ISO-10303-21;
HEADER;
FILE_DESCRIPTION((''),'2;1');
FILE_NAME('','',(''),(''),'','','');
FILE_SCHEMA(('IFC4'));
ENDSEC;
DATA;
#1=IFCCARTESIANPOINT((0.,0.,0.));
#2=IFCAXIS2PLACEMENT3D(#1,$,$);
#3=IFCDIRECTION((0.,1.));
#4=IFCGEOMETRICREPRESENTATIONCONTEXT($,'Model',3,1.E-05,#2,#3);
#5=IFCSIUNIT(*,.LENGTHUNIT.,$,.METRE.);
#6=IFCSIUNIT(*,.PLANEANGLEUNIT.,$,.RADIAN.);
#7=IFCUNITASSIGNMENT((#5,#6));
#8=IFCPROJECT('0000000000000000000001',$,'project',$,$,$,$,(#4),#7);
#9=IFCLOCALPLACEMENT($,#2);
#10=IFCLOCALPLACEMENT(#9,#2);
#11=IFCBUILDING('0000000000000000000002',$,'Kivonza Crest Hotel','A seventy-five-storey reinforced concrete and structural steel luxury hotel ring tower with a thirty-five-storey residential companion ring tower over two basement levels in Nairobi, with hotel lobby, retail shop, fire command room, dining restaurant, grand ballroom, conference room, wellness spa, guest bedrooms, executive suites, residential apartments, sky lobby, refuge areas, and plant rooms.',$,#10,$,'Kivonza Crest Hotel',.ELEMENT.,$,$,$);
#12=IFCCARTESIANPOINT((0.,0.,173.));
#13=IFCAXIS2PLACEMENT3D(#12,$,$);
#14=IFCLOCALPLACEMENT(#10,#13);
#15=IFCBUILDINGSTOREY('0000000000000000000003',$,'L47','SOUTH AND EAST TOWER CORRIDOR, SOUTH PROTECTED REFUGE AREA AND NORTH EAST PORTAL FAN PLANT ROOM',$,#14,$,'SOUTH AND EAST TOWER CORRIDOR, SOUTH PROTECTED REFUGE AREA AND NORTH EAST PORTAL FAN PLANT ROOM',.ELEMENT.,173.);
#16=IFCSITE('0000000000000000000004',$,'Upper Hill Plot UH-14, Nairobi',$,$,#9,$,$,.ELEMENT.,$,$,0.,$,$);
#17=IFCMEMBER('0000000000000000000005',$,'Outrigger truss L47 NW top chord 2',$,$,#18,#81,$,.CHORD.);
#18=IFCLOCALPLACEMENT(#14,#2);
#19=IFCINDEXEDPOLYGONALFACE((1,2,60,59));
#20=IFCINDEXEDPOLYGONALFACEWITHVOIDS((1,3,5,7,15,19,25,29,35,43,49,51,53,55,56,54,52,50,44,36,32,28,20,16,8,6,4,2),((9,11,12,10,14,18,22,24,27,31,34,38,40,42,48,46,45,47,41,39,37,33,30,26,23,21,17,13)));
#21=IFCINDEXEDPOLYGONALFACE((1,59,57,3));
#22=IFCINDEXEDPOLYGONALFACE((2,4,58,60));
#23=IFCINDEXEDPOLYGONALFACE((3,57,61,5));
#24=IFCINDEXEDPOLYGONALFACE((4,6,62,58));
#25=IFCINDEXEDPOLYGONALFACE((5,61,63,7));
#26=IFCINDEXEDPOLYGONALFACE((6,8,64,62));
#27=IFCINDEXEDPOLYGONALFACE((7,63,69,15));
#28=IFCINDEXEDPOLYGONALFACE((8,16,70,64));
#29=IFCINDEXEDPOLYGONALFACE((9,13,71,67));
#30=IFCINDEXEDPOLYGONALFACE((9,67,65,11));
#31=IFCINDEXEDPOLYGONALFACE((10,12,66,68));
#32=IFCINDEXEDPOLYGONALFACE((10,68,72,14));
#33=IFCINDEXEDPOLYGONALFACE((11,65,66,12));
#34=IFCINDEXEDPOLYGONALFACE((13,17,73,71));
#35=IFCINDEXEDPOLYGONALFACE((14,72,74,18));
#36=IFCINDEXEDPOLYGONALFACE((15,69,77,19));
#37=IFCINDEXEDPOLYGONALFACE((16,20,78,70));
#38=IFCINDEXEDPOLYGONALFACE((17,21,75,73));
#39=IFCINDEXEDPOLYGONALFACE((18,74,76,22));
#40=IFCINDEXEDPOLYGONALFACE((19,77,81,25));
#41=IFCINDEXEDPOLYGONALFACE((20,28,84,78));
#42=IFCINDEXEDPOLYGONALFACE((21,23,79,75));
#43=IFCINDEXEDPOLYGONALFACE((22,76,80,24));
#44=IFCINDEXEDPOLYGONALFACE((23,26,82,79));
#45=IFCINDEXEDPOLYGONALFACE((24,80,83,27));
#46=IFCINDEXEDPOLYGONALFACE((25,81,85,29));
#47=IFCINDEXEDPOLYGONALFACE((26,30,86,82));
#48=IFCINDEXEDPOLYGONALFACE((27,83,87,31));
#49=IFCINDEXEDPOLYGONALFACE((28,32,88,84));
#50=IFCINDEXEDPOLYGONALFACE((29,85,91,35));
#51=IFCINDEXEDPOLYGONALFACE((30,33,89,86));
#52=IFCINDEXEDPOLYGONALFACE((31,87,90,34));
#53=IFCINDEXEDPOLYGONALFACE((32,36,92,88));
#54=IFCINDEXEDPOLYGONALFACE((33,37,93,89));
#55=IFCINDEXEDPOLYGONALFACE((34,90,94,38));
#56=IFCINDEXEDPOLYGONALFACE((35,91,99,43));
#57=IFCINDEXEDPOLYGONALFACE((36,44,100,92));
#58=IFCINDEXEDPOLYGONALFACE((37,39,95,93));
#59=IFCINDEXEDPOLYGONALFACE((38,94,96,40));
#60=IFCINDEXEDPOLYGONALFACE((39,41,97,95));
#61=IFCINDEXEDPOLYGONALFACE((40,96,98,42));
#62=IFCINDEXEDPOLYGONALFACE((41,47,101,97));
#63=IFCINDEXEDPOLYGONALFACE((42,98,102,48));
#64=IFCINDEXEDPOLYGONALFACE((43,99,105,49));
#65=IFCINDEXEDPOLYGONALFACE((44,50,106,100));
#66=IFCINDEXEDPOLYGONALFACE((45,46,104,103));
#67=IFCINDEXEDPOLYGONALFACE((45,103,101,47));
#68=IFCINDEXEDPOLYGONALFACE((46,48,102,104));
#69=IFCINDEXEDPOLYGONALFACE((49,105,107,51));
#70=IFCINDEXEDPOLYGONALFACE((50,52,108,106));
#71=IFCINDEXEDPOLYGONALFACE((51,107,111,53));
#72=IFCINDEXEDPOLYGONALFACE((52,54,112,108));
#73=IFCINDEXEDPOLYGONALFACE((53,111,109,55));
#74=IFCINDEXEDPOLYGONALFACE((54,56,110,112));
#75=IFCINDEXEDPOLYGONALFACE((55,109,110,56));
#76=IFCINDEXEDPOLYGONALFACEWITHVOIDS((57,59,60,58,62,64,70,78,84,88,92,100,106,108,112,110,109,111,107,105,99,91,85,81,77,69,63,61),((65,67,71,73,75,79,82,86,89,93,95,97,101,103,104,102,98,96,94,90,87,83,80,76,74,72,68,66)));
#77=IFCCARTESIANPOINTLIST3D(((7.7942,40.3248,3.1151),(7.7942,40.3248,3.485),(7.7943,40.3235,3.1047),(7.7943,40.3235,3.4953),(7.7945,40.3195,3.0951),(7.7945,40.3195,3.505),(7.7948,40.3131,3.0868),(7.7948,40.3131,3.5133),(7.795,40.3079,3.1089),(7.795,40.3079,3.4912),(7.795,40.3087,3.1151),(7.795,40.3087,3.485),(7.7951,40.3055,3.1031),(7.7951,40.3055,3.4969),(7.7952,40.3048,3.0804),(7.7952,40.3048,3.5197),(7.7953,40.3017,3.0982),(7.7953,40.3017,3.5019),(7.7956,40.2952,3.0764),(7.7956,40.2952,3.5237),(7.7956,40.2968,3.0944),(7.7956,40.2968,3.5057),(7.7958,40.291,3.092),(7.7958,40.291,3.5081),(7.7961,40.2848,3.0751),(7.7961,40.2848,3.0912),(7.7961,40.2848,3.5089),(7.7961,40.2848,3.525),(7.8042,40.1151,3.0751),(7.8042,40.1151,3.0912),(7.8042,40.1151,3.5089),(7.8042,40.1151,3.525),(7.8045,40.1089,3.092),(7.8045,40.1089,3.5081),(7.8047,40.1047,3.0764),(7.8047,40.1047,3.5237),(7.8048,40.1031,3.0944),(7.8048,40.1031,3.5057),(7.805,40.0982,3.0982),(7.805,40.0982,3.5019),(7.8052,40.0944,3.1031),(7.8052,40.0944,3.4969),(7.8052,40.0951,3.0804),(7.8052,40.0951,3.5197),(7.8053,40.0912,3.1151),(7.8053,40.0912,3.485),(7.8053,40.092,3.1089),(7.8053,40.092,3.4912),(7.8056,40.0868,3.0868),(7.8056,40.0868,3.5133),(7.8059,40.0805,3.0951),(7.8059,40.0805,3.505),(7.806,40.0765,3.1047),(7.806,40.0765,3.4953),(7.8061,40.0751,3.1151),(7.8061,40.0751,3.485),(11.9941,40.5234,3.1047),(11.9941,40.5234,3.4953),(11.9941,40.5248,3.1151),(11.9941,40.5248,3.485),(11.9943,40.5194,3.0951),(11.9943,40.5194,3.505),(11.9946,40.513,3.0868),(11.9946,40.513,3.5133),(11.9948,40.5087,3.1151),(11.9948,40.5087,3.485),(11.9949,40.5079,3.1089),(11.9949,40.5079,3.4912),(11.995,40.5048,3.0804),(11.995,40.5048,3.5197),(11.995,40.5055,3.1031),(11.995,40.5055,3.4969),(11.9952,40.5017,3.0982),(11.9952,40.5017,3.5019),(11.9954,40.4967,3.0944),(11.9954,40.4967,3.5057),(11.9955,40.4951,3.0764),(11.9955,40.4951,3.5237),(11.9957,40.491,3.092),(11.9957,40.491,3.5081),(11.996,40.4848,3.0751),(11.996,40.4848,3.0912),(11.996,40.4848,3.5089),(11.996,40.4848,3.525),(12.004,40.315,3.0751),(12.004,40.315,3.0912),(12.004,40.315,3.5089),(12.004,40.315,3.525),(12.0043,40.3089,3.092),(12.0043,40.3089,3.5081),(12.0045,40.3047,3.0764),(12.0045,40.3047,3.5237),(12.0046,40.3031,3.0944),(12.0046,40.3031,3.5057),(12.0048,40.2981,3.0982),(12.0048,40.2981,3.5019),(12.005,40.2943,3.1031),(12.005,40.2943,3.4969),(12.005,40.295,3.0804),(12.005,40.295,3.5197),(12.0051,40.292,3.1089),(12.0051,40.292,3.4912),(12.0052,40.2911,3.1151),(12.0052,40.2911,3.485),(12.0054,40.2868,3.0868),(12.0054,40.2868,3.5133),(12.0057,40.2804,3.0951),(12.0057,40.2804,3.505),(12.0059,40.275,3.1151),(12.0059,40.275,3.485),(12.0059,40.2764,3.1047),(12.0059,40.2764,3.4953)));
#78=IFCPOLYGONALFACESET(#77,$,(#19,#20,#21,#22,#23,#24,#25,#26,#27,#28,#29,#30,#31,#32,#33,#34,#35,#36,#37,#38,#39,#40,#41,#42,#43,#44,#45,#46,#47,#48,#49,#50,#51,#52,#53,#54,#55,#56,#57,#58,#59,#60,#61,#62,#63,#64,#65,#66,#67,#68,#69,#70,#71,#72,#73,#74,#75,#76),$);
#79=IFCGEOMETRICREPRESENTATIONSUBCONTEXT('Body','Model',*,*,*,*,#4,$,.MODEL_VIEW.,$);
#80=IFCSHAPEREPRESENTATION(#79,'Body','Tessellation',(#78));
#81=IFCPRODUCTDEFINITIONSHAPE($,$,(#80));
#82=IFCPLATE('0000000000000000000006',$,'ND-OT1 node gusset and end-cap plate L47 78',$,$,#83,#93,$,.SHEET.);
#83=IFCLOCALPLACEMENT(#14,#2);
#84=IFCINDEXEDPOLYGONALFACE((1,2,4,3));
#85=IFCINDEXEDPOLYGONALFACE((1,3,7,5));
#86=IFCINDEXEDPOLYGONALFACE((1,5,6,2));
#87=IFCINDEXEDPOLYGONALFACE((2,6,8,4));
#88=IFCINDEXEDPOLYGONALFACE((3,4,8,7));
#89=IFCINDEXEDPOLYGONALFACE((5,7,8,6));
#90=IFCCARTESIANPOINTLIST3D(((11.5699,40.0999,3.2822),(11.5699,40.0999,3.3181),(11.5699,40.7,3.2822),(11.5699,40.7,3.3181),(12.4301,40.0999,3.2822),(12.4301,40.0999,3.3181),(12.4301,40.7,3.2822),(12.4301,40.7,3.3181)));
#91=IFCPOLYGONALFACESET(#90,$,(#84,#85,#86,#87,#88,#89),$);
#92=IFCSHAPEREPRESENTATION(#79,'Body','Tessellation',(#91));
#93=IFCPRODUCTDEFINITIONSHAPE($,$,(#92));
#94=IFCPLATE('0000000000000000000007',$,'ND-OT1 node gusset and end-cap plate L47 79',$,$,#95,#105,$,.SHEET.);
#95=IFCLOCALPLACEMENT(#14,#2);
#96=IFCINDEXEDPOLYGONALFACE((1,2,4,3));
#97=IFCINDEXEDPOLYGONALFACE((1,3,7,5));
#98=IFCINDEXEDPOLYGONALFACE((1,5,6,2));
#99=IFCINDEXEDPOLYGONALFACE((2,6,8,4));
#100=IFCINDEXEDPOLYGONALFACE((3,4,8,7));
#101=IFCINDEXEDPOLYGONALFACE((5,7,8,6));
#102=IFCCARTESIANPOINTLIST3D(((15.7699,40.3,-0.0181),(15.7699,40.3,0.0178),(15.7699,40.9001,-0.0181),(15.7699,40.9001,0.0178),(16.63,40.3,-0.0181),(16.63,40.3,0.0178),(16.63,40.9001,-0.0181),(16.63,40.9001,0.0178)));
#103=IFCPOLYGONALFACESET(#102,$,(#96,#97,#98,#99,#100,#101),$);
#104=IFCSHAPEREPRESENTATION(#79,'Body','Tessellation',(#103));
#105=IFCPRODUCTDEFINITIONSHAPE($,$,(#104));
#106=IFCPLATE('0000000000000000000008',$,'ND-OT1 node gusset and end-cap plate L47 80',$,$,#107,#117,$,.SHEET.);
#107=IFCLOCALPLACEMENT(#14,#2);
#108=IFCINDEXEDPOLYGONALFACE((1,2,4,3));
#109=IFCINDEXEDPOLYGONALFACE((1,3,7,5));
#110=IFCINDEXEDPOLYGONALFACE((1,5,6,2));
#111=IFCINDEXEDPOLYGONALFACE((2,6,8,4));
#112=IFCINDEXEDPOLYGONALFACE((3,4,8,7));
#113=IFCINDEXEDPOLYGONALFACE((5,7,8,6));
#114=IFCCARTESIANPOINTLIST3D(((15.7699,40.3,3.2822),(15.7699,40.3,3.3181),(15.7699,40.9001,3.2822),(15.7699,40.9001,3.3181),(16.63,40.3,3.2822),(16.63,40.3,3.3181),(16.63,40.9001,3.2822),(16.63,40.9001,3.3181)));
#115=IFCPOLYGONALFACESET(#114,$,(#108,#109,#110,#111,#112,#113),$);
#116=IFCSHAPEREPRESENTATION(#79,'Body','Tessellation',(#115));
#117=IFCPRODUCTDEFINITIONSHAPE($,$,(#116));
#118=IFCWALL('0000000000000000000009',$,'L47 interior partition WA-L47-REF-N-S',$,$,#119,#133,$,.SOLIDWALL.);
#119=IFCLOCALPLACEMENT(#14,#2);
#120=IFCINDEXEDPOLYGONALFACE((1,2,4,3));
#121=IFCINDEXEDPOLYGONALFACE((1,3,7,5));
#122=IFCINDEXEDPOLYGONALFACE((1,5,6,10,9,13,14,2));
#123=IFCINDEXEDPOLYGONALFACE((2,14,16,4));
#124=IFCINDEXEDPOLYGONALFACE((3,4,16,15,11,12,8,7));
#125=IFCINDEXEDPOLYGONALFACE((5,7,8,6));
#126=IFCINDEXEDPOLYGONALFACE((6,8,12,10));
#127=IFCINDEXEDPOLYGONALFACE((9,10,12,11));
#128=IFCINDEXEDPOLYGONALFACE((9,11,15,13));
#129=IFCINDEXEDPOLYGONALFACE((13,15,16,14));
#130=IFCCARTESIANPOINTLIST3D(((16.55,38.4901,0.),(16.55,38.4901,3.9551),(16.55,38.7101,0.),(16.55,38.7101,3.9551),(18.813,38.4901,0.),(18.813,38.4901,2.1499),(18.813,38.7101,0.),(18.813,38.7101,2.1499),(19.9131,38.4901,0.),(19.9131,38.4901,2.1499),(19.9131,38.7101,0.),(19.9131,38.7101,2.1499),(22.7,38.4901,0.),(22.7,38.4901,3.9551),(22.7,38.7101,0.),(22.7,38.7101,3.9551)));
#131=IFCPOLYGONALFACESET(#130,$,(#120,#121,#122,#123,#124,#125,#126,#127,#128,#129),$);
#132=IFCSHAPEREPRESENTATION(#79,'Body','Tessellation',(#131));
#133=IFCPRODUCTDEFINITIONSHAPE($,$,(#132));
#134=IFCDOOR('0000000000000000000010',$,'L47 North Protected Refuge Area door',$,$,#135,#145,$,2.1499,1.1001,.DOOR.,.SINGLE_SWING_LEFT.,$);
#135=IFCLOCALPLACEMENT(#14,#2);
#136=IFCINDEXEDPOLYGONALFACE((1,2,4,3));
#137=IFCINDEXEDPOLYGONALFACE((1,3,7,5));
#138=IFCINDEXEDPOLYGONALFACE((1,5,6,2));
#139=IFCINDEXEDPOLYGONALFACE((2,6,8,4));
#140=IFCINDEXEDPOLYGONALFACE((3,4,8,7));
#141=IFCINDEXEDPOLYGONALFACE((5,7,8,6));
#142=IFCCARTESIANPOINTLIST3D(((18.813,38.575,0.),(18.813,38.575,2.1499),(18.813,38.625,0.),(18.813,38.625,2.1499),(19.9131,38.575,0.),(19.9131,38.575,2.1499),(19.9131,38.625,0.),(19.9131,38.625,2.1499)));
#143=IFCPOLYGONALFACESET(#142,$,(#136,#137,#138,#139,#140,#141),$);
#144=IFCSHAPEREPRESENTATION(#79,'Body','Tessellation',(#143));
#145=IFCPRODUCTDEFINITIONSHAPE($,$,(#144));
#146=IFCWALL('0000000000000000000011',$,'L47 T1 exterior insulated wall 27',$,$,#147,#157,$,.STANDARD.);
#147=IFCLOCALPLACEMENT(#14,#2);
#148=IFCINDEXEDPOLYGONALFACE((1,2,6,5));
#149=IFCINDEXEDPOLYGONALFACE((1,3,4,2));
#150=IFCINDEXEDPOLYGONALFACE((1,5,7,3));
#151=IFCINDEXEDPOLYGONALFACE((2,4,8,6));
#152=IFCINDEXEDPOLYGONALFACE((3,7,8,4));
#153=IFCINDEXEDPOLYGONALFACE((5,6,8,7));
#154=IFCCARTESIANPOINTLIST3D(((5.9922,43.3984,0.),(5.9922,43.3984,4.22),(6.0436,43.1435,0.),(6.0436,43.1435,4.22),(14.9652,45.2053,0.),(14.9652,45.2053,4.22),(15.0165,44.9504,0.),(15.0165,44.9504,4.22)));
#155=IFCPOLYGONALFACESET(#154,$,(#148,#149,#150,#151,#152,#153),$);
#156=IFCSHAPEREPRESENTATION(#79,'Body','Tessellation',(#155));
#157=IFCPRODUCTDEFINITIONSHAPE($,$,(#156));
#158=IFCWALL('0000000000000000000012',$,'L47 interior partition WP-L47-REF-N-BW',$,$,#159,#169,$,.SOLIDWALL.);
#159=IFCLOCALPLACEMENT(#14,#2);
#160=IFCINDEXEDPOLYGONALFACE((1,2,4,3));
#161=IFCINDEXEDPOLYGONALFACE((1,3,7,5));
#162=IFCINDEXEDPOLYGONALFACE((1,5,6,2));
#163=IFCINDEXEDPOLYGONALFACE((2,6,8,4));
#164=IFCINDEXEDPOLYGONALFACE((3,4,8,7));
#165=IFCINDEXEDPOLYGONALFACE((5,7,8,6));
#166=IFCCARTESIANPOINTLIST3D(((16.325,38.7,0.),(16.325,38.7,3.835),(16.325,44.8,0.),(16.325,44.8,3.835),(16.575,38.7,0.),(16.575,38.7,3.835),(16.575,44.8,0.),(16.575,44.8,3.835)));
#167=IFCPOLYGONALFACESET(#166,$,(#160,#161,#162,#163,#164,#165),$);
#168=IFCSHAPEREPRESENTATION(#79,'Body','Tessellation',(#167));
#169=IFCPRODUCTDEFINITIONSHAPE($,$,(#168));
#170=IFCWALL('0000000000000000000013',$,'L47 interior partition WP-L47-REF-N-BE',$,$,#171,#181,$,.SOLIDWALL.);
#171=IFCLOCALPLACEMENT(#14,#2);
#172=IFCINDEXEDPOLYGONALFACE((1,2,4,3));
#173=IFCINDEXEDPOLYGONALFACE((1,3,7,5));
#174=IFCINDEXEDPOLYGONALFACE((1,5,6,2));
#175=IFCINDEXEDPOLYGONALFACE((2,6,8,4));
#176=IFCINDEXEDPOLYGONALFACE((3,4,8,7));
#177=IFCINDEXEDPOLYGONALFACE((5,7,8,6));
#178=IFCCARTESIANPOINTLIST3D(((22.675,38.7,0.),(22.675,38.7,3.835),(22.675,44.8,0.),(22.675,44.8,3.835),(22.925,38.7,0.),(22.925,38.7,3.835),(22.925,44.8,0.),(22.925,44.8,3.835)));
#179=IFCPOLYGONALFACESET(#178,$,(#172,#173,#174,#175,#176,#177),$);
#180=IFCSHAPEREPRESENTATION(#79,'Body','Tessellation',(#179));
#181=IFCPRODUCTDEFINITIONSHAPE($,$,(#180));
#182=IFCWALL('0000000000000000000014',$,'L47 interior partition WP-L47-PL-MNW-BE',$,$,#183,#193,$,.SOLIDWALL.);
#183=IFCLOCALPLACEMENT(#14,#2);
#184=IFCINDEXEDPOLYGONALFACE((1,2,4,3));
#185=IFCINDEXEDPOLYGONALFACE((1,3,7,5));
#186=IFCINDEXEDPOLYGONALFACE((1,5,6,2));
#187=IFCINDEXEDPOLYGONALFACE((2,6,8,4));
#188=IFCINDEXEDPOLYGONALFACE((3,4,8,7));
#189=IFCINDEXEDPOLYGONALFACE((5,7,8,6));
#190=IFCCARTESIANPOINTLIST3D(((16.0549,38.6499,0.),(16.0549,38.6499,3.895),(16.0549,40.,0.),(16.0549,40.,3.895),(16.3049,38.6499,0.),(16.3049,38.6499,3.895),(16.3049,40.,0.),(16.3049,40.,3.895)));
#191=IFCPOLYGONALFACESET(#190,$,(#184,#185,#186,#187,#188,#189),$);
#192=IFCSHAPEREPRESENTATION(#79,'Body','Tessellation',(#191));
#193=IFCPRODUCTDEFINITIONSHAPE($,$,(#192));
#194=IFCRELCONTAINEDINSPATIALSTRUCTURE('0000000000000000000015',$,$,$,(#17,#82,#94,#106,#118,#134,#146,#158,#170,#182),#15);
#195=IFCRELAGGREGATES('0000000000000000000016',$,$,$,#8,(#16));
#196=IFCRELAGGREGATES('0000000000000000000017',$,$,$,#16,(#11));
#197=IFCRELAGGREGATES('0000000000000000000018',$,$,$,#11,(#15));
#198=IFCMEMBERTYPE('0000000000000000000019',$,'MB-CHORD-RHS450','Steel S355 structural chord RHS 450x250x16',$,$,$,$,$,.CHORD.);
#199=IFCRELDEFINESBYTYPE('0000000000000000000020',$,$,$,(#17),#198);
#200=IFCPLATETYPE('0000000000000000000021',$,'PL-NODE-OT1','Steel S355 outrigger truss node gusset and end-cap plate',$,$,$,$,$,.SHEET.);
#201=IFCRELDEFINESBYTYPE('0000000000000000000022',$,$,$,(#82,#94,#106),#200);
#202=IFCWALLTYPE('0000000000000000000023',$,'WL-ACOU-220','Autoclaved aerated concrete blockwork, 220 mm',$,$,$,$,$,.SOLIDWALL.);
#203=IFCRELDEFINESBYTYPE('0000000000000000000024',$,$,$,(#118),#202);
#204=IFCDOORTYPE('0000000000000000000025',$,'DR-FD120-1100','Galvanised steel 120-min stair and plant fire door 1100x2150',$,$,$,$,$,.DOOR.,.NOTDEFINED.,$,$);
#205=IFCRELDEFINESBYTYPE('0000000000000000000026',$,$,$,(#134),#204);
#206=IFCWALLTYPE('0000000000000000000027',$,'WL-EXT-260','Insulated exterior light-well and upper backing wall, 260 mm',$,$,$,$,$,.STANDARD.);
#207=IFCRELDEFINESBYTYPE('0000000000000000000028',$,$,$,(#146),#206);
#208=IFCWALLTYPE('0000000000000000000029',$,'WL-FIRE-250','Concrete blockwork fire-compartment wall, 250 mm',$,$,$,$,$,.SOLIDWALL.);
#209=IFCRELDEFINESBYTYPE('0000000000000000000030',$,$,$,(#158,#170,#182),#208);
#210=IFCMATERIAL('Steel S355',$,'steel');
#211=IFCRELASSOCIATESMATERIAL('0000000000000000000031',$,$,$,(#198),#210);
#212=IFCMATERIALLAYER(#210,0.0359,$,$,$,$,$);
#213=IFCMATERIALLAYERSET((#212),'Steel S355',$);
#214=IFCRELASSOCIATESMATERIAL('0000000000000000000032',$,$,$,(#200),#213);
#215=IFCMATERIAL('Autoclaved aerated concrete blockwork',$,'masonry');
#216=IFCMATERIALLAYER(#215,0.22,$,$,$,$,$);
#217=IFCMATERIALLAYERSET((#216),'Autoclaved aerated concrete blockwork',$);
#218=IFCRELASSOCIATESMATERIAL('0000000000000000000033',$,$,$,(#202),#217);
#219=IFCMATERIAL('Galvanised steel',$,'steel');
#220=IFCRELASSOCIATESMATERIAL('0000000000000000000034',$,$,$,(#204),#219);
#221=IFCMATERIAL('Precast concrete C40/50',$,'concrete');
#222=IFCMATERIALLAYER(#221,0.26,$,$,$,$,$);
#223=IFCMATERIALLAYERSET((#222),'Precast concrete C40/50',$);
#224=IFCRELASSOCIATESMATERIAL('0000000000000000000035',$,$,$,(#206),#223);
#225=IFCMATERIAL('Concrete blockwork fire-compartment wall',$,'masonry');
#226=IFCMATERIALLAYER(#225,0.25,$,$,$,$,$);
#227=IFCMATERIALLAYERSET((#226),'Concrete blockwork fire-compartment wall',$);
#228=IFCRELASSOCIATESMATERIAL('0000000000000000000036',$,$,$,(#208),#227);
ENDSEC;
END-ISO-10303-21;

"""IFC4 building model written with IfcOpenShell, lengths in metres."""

from ifc_helpers import new_model, si_unit, direction, frame, frame_2d, origin, origin_2d, place, context, subcontext, project, spatial, rectangle, hollow_rectangle, extrude, material, layer, layer_set, material_profile, profile_set, type_object, element, fill, save


model = new_model("IFC4")

# Units and contexts
model_context = context("Model", 3, precision=1e-05, world=origin(), true_north=direction((0.0, 1.0)))
body_context = subcontext(model_context, "Body", "Model", "MODEL_VIEW")
ifc_project = project(units=[si_unit("LENGTHUNIT", "METRE"), si_unit("PLANEANGLEUNIT", "RADIAN")], contexts=[model_context])

# Site, building, storey
site_placement = place(None, origin())
site = spatial("IfcSite", under=ifc_project, at=site_placement, Name="Upper Hill Plot UH-14, Nairobi", CompositionType="ELEMENT", RefElevation=0.0)
building_placement = place(site_placement, origin())
building = spatial("IfcBuilding", under=site, at=building_placement, Name="Kivonza Crest Hotel", Description="A seventy-five-storey reinforced concrete and structural steel luxury hotel ring tower with a thirty-five-storey residential companion ring tower over two basement levels in Nairobi, with hotel lobby, retail shop, fire command room, dining restaurant, grand ballroom, conference room, wellness spa, guest bedrooms, executive suites, residential apartments, sky lobby, refuge areas, and plant rooms.", LongName="Kivonza Crest Hotel", CompositionType="ELEMENT")
storey_placement = place(building_placement, frame((0.0, 0.0, 173.0)))
storey = spatial("IfcBuildingStorey", under=building, at=storey_placement, Name="L47", Description="SOUTH AND EAST TOWER CORRIDOR, SOUTH PROTECTED REFUGE AREA AND NORTH EAST PORTAL FAN PLANT ROOM", LongName="SOUTH AND EAST TOWER CORRIDOR, SOUTH PROTECTED REFUGE AREA AND NORTH EAST PORTAL FAN PLANT ROOM", CompositionType="ELEMENT", Elevation=173.0)

# Shared definitions
ifc_material_1 = material(Name="Steel S355", Category="steel")

# Member
ifc_material_profile_1 = material_profile(ifc_material_1, hollow_rectangle(XDim=0.25, YDim=0.45, WallThickness=0.0161, InnerFilletRadius=0.0239, OuterFilletRadius=0.04, at=origin_2d()), Name="RHS 450x250x16")
ifc_profile_set_1 = profile_set([ifc_material_profile_1], Name="Steel S355")
member_type_1 = type_object("IfcMemberType", Name="MB-CHORD-RHS450", Description="Steel S355 structural chord RHS 450x250x16", PredefinedType="CHORD", material=ifc_profile_set_1)
for number, where, z_axis, x_axis, name in (
    (1, (12.0, 40.3999, 3.3), (-0.998869, -0.047554, 0.0), (0.047554, -0.998869, 0.0), "Outrigger truss L47 NW top chord 2"),
):
    element("IfcMember", number, at=place(storey_placement, frame(where, z_axis=z_axis, x_axis=x_axis)), inside=storey, type_object=member_type_1, Name=name, PredefinedType="CHORD", context=body_context, shape_type="SweptSolid", body=[
        extrude(hollow_rectangle(XDim=0.25, YDim=0.45, WallThickness=0.0161, InnerFilletRadius=0.0239, OuterFilletRadius=0.04, at=origin_2d()), origin(), (0.0, 0.0, 1.0), 4.2046),
    ])

# Plates
ifc_layer_1 = layer(ifc_material_1, 0.0359)
ifc_layer_set_1 = layer_set([ifc_layer_1], Name="Steel S355")
plate_type = type_object("IfcPlateType", Name="PL-NODE-OT1", Description="Steel S355 outrigger truss node gusset and end-cap plate", PredefinedType="SHEET", material=ifc_layer_set_1)
for number, where, z_axis, x_axis, name in (
    (2, (12.0, 40.3999, 3.2822), (0.0, 0.0, 1.0), (1.0, 0.0, 0.0), "ND-OT1 node gusset and end-cap plate L47 78"),
    (3, (16.2, 40.6001, -0.0181), (0.0, 0.0, 1.0), (1.0, 0.0, 0.0), "ND-OT1 node gusset and end-cap plate L47 79"),
    (4, (16.2, 40.6001, 3.2822), (0.0, 0.0, 1.0), (1.0, 0.0, 0.0), "ND-OT1 node gusset and end-cap plate L47 80"),
):
    element("IfcPlate", number, at=place(storey_placement, frame(where, z_axis=z_axis, x_axis=x_axis)), inside=storey, type_object=plate_type, Name=name, PredefinedType="SHEET", context=body_context, shape_type="SweptSolid", body=[
        extrude(rectangle(XDim=0.8601, YDim=0.6001, at=origin_2d()), origin(), (0.0, 0.0, 1.0), 0.0359),
    ])

# Wall, opening, door
ifc_material_2 = material(Name="Autoclaved aerated concrete blockwork", Category="masonry")
ifc_layer_2 = layer(ifc_material_2, 0.22)
ifc_layer_set_2 = layer_set([ifc_layer_2], Name="Autoclaved aerated concrete blockwork")
wall_type_1 = type_object("IfcWallType", Name="WL-ACOU-220", Description="Autoclaved aerated concrete blockwork, 220 mm", PredefinedType="SOLIDWALL", material=ifc_layer_set_2)
wall_1_placement = place(storey_placement, frame((16.55, 38.6001, 0.0), z_axis=(0.0, 0.0, 1.0), x_axis=(1.0, 0.0, 0.0)))
wall_1 = element("IfcWall", 5, at=wall_1_placement, inside=storey, type_object=wall_type_1, Name="L47 interior partition WA-L47-REF-N-S", PredefinedType="SOLIDWALL", context=body_context, shape_type="SweptSolid", body=[
    extrude(rectangle(XDim=6.1499, YDim=0.22, at=frame_2d((3.075, 0.0))), origin(), (0.0, 0.0, 1.0), 3.9551),
])
opening_placement = place(wall_1_placement, frame((2.2629, 0.0, 0.0)))
opening = element("IfcOpeningElement", 6, at=opening_placement, cuts=wall_1, PredefinedType="OPENING", context=body_context, shape_type="SweptSolid", body=[
    extrude(rectangle(XDim=1.1001, YDim=2.1499, at=frame_2d((0.55, 1.075))), frame((0.0, 0.1201, 0.0), z_axis=(0.0, -1.0, 0.0), x_axis=(1.0, 0.0, 0.0)), (0.0, 0.0, 1.0), 0.24),
])
ifc_material_3 = material(Name="Galvanised steel", Category="steel")
door_type = type_object("IfcDoorType", Name="DR-FD120-1100", Description="Galvanised steel 120-min stair and plant fire door 1100x2150", OperationType="NOTDEFINED", PredefinedType="DOOR", material=ifc_material_3)
door_placement = place(opening_placement, origin())
door = element("IfcDoor", 7, at=door_placement, inside=storey, type_object=door_type, Name="L47 North Protected Refuge Area door", OperationType="SINGLE_SWING_LEFT", OverallHeight=2.1499, OverallWidth=1.1001, PredefinedType="DOOR", context=body_context, shape_type="SweptSolid", body=[
    extrude(rectangle(XDim=1.1001, YDim=2.1499, at=frame_2d((0.55, 1.075))), frame((0.0, 0.0249, 0.0), z_axis=(0.0, -1.0, 0.0), x_axis=(1.0, 0.0, 0.0)), (0.0, 0.0, 1.0), 0.05),
])
fill(opening, door)

# Walls
ifc_material_4 = material(Name="Precast concrete C40/50", Category="concrete")
ifc_layer_3 = layer(ifc_material_4, 0.26)
ifc_layer_set_3 = layer_set([ifc_layer_3], Name="Precast concrete C40/50")
wall_type_2 = type_object("IfcWallType", Name="WL-EXT-260", Description="Insulated exterior light-well and upper backing wall, 260 mm", PredefinedType="STANDARD", material=ifc_layer_set_3)
wall_2_placement = place(storey_placement, frame((14.991, 45.0779, 0.0), z_axis=(0.0, 0.0, 1.0), x_axis=(-0.980321, -0.197409, 0.0)))
element("IfcWall", 8, at=wall_2_placement, inside=storey, type_object=wall_type_2, Name="L47 T1 exterior insulated wall 27", PredefinedType="STANDARD", context=body_context, shape_type="SweptSolid", body=[
    extrude(rectangle(XDim=9.1531, YDim=0.26, at=frame_2d((4.5767, 0.0))), origin(), (0.0, 0.0, 1.0), 4.22),
])
ifc_material_5 = material(Name="Concrete blockwork fire-compartment wall", Category="masonry")
ifc_layer_4 = layer(ifc_material_5, 0.25)
ifc_layer_set_4 = layer_set([ifc_layer_4], Name="Concrete blockwork fire-compartment wall")
wall_type_3 = type_object("IfcWallType", Name="WL-FIRE-250", Description="Concrete blockwork fire-compartment wall, 250 mm", PredefinedType="SOLIDWALL", material=ifc_layer_set_4)
for number, where, z_axis, x_axis, name in (
    (9, (16.45, 38.7, 0.0), (0.0, 0.0, 1.0), (0.0, 1.0, 0.0), "L47 interior partition WP-L47-REF-N-BW"),
    (10, (22.8, 38.7, 0.0), (0.0, 0.0, 1.0), (0.0, 1.0, 0.0), "L47 interior partition WP-L47-REF-N-BE"),
):
    element("IfcWall", number, at=place(storey_placement, frame(where, z_axis=z_axis, x_axis=x_axis)), inside=storey, type_object=wall_type_3, Name=name, PredefinedType="SOLIDWALL", context=body_context, shape_type="SweptSolid", body=[
        extrude(rectangle(XDim=6.1001, YDim=0.25, at=frame_2d((3.05, 0.0))), origin(), (0.0, 0.0, 1.0), 3.835),
    ])
wall_3_placement = place(storey_placement, frame((16.1799, 38.6499, 0.0), z_axis=(0.0, 0.0, 1.0), x_axis=(0.0, 1.0, 0.0)))
element("IfcWall", 11, at=wall_3_placement, inside=storey, type_object=wall_type_3, Name="L47 interior partition WP-L47-PL-MNW-BE", PredefinedType="SOLIDWALL", context=body_context, shape_type="SweptSolid", body=[
    extrude(rectangle(XDim=1.3501, YDim=0.25, at=frame_2d((0.675, 0.0))), origin(), (0.0, 0.0, 1.0), 3.895),
])

save(model, "model.ifc")
